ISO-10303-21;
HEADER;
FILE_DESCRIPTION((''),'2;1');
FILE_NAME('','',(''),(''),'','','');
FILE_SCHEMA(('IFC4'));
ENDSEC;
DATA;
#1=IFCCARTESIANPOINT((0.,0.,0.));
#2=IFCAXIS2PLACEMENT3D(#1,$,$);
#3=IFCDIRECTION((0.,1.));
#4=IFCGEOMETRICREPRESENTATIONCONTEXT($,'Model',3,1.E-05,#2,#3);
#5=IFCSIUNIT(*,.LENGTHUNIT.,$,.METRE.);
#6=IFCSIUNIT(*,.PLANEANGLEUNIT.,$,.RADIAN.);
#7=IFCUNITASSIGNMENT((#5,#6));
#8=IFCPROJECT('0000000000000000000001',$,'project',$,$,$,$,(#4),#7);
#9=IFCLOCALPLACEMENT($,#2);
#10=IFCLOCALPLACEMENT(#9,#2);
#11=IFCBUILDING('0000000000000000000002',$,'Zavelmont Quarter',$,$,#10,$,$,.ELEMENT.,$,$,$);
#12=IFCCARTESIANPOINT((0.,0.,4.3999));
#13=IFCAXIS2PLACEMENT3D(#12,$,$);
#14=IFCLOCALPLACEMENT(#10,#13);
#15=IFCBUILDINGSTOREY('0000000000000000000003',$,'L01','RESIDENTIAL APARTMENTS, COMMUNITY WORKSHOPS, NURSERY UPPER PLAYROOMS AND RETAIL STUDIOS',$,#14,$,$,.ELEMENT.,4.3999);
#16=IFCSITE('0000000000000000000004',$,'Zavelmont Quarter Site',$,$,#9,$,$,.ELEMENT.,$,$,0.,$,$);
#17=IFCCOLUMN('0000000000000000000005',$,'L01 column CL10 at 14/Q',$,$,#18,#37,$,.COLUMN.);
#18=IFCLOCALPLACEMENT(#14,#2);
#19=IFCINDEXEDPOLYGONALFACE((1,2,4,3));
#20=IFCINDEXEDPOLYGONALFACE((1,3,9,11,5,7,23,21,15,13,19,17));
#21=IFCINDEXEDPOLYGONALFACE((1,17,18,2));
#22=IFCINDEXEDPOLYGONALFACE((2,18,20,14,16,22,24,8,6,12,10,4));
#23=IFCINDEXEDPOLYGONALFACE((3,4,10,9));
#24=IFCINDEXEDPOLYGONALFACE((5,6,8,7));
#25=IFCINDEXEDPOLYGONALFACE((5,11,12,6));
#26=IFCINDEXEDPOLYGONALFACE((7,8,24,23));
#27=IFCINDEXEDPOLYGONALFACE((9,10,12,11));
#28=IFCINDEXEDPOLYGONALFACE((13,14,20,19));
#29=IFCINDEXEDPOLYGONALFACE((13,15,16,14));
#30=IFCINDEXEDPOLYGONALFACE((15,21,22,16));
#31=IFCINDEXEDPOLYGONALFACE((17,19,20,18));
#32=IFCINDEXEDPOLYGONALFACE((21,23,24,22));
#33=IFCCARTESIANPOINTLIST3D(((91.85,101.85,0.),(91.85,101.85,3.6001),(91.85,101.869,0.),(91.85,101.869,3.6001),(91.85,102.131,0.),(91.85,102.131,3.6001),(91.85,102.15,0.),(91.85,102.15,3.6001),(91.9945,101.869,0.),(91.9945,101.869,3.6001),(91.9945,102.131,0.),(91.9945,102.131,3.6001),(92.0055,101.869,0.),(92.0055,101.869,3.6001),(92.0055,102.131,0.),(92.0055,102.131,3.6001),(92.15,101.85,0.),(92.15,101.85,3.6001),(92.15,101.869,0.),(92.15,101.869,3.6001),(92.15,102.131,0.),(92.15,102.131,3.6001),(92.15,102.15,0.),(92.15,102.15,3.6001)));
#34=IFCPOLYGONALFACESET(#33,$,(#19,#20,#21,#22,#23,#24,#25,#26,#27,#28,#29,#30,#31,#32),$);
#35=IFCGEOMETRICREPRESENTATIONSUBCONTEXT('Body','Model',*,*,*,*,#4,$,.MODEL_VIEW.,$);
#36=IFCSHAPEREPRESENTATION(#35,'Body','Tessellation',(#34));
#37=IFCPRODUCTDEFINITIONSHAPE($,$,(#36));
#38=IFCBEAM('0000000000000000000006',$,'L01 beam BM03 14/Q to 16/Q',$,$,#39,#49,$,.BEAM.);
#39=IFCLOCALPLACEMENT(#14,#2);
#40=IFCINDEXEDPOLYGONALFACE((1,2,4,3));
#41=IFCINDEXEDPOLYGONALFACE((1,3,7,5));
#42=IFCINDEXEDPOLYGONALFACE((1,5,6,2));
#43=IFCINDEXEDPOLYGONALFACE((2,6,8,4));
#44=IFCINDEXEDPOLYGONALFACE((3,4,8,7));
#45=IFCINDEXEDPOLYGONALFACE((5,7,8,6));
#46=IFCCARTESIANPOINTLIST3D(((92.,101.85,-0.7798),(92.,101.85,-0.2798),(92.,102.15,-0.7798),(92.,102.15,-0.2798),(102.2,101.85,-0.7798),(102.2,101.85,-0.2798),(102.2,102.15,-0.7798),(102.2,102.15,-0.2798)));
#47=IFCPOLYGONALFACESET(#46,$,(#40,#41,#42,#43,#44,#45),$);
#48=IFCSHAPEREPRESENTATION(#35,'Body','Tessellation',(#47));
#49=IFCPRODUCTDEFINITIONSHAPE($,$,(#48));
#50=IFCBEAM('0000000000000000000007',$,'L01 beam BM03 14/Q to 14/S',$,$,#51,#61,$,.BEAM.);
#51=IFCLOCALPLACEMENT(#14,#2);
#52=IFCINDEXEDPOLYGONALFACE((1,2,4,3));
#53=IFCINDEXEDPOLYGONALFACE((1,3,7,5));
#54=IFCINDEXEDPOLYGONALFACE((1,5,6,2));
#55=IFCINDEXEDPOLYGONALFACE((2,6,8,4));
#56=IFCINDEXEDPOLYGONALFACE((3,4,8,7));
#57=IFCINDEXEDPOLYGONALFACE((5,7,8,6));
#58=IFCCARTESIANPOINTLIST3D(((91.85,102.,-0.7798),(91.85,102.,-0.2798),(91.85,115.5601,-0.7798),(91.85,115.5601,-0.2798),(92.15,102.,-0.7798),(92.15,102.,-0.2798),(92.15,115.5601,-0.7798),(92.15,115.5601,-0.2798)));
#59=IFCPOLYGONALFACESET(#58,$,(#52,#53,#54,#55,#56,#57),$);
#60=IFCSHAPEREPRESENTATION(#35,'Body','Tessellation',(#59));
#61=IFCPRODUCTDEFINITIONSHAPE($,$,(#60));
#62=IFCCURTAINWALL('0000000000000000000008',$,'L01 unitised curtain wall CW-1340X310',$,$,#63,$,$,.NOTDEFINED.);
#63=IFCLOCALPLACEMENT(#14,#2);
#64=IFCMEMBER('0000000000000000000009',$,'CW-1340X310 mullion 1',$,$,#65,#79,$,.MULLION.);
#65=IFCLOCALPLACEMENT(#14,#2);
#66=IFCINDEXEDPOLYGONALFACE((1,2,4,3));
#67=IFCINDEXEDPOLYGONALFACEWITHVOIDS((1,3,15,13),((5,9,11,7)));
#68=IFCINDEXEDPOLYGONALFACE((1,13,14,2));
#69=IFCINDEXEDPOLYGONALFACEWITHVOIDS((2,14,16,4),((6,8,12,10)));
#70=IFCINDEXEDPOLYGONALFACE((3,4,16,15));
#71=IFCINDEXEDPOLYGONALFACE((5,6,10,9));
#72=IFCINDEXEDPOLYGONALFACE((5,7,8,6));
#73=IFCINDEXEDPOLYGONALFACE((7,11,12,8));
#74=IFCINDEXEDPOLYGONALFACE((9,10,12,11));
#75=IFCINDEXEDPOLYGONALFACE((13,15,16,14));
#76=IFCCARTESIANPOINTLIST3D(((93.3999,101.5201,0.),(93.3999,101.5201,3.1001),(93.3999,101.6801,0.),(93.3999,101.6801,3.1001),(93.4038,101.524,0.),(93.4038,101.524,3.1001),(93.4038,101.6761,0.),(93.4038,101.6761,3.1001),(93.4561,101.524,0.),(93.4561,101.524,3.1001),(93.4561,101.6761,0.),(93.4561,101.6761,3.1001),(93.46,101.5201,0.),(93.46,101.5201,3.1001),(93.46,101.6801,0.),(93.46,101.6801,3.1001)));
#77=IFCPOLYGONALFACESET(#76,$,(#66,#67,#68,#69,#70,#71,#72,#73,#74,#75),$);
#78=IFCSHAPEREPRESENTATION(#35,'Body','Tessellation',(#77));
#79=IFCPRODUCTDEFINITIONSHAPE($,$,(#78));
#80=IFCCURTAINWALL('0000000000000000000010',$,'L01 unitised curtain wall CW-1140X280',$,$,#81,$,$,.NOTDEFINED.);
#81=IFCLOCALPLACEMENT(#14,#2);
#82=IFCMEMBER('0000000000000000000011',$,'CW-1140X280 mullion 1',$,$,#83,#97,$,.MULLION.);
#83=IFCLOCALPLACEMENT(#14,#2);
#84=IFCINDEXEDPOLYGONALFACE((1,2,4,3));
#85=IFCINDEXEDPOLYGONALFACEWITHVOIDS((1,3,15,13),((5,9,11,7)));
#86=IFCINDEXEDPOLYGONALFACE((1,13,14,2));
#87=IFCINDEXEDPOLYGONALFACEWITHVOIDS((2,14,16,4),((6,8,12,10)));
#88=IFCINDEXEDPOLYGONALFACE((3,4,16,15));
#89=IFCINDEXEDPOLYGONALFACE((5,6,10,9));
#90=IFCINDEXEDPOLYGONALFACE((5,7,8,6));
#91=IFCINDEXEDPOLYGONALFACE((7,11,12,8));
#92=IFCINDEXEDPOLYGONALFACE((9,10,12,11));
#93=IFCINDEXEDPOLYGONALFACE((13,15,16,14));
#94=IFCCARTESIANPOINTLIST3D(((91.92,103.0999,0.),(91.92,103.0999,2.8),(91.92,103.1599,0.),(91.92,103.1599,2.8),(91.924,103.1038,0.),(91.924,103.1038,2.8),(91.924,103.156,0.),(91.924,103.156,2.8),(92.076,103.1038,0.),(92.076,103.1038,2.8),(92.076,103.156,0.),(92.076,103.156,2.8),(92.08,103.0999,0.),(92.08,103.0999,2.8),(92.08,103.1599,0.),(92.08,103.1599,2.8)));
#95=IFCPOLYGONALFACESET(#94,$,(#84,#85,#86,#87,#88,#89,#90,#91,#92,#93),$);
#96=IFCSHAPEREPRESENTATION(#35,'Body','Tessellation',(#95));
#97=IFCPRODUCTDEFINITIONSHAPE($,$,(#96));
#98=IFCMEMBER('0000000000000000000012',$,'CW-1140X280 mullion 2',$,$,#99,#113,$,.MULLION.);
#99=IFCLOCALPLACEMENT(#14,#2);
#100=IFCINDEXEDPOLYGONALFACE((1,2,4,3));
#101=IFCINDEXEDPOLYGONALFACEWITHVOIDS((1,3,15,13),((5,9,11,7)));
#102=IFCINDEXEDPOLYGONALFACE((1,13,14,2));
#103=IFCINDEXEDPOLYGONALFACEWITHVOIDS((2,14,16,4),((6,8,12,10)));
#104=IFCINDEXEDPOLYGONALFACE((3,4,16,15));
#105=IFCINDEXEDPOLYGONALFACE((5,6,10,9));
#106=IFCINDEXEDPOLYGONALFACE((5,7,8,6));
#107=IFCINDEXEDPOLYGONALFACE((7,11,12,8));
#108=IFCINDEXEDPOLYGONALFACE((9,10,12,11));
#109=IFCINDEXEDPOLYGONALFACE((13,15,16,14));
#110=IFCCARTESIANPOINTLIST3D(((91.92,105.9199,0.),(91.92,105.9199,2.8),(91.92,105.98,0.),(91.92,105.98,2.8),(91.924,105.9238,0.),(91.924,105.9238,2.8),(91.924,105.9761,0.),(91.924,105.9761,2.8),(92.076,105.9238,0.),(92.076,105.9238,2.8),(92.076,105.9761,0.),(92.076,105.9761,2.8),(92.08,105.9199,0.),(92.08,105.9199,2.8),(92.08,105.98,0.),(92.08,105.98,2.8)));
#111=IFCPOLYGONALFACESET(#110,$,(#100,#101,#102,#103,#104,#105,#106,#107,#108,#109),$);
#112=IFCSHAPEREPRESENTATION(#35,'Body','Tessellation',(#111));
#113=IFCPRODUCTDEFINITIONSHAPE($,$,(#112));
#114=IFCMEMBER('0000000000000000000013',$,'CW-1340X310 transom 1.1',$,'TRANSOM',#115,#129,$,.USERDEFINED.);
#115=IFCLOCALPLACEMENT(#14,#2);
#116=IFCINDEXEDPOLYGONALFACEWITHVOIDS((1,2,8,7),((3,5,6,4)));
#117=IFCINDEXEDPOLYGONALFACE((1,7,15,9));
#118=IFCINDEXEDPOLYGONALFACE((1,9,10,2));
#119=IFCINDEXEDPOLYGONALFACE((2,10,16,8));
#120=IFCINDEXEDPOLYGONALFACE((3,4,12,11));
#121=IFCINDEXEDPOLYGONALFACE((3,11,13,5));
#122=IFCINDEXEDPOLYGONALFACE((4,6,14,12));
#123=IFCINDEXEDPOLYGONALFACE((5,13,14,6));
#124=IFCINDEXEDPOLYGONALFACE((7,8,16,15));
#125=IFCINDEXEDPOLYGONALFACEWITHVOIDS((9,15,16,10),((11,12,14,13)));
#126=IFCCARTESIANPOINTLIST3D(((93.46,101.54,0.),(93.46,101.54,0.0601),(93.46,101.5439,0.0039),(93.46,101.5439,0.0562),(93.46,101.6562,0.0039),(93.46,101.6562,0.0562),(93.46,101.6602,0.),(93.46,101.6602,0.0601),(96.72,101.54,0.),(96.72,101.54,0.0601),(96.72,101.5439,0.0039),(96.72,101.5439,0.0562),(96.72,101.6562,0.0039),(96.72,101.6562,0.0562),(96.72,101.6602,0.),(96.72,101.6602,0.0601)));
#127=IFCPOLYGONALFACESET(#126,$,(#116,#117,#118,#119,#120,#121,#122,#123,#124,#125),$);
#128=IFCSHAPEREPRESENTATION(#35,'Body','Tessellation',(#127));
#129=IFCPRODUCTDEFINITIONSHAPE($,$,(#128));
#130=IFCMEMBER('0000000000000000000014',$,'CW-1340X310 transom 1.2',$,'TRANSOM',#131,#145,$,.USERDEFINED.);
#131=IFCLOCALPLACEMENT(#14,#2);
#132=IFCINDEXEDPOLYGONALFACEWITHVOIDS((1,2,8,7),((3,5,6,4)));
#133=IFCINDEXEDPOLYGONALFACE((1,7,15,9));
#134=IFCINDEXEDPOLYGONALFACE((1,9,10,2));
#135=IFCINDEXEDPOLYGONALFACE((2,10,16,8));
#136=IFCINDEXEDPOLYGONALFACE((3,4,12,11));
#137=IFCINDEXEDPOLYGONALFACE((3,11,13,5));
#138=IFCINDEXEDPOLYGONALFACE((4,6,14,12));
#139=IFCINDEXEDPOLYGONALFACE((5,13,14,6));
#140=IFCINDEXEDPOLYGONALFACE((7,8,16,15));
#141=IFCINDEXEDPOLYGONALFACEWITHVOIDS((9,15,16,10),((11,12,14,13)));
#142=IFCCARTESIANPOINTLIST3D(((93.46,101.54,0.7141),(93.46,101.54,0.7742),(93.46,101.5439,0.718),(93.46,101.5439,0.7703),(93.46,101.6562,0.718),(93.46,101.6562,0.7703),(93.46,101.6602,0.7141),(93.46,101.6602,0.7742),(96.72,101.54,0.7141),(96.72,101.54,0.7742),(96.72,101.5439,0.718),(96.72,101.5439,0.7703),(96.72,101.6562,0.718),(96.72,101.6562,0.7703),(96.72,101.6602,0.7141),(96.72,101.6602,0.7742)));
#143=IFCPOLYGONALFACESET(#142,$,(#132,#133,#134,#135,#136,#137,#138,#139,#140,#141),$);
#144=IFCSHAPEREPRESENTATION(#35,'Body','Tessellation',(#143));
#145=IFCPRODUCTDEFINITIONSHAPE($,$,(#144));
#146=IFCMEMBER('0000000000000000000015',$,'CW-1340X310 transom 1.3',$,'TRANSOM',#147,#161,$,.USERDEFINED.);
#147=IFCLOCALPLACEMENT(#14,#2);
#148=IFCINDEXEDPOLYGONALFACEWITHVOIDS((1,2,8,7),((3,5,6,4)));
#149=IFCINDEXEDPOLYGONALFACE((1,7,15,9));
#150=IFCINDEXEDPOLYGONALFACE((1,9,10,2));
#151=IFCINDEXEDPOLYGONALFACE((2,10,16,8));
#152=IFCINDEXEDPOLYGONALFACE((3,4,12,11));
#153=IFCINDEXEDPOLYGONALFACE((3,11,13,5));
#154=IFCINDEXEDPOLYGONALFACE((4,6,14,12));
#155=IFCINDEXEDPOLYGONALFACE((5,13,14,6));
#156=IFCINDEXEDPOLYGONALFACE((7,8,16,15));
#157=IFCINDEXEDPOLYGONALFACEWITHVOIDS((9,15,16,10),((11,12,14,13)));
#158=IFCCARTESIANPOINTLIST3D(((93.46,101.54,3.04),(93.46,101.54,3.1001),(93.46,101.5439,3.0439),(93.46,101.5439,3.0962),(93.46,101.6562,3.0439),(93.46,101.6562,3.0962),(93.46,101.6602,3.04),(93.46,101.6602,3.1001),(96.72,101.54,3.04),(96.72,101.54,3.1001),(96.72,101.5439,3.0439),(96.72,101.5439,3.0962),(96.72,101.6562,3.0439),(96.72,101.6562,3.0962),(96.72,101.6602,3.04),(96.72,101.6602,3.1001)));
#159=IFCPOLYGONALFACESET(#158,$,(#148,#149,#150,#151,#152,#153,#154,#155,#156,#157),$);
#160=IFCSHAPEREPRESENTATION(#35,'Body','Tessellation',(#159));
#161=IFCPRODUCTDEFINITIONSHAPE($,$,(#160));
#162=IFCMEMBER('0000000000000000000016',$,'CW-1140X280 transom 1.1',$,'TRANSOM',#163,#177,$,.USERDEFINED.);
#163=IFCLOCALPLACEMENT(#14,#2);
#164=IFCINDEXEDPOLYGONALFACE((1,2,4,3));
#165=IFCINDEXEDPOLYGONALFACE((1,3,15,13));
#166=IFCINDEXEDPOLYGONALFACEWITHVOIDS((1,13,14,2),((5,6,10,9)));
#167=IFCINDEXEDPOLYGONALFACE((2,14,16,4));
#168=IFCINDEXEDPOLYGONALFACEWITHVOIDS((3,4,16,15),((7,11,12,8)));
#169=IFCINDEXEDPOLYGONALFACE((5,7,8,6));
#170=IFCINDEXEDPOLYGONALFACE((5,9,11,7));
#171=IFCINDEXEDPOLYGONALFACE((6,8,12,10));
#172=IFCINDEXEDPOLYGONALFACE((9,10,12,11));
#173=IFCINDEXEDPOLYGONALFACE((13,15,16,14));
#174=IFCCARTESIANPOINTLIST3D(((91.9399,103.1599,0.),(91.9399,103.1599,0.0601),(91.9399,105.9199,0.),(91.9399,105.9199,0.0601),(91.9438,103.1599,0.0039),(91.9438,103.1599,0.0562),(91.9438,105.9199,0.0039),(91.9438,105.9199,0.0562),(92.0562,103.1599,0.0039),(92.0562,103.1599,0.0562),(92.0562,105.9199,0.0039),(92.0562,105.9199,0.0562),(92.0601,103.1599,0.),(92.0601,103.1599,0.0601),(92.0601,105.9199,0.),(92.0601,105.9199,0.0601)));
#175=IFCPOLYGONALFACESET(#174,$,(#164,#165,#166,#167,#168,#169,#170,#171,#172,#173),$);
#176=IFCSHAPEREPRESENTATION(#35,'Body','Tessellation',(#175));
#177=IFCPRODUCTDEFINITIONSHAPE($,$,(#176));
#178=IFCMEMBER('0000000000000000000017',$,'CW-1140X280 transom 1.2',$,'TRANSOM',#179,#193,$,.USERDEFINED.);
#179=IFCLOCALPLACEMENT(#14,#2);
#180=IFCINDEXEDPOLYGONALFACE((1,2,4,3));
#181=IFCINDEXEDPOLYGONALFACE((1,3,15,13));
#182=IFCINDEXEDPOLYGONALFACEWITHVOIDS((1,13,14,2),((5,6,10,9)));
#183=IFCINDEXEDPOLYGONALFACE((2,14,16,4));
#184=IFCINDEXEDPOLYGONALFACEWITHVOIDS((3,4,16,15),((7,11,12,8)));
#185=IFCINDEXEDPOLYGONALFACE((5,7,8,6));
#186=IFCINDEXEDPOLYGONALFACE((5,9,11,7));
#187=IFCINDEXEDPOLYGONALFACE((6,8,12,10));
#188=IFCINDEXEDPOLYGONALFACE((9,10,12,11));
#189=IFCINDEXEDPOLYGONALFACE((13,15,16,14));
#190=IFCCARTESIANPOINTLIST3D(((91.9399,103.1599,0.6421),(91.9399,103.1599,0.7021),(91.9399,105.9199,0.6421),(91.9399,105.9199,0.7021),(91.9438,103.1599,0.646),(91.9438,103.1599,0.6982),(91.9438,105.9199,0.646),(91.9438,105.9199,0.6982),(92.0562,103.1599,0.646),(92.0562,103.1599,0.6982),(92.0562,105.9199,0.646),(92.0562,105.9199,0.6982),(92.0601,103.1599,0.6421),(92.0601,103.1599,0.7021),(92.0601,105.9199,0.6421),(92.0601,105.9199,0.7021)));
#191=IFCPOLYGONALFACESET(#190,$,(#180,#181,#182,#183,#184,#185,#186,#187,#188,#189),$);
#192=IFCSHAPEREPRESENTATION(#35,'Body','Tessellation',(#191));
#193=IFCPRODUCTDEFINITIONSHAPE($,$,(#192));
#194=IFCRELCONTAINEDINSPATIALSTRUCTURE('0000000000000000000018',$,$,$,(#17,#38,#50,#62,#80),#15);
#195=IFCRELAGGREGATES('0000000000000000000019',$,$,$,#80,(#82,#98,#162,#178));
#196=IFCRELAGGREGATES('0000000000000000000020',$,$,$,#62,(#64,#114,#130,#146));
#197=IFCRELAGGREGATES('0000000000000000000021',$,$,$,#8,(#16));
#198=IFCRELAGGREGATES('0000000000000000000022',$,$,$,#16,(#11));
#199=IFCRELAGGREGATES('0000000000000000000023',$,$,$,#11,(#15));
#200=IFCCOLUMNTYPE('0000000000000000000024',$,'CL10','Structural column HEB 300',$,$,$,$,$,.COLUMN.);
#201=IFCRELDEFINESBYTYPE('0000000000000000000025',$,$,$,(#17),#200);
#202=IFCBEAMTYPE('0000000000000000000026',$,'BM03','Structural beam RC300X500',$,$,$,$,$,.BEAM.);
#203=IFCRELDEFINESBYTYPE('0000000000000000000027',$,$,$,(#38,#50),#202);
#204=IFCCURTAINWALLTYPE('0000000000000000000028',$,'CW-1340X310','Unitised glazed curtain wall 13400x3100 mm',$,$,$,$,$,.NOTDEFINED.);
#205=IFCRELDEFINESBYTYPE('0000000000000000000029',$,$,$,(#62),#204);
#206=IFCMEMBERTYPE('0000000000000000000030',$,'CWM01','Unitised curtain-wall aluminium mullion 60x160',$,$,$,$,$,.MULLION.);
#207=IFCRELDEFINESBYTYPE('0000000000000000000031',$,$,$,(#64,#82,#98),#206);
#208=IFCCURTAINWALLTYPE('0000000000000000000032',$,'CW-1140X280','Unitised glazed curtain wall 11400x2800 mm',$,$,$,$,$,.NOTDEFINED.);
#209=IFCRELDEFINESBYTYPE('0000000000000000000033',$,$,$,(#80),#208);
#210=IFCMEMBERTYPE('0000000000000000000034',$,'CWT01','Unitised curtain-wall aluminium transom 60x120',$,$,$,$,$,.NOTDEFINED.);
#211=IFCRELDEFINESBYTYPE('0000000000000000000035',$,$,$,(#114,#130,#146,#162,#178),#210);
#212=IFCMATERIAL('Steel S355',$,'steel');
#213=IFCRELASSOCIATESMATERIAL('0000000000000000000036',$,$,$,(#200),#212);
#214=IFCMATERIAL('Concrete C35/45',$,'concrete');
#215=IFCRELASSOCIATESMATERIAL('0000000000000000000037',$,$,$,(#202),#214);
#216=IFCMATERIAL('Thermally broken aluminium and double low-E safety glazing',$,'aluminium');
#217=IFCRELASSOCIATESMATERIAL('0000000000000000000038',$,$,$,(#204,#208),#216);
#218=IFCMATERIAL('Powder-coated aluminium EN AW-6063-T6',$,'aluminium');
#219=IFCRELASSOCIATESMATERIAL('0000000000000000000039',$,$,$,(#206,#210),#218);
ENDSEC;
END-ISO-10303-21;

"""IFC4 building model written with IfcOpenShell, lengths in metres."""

from ifc_helpers import new_model, si_unit, direction, frame, origin, origin_2d, place, context, subcontext, project, spatial, rectangle, hollow_rectangle, i_section, extrude, material, material_profile, profile_set, type_object, element, aggregate, save


model = new_model("IFC4")

# Units and contexts
model_context = context("Model", 3, precision=1e-05, world=origin(), true_north=direction((0.0, 1.0)))
body_context = subcontext(model_context, "Body", "Model", "MODEL_VIEW")
ifc_project = project(units=[si_unit("LENGTHUNIT", "METRE"), si_unit("PLANEANGLEUNIT", "RADIAN")], contexts=[model_context])

# Site, building, storey
site_placement = place(None, origin())
site = spatial("IfcSite", under=ifc_project, at=site_placement, Name="Zavelmont Quarter Site", CompositionType="ELEMENT", RefElevation=0.0)
building_placement = place(site_placement, origin())
building = spatial("IfcBuilding", under=site, at=building_placement, Name="Zavelmont Quarter", CompositionType="ELEMENT")
storey_placement = place(building_placement, frame((0.0, 0.0, 4.3999)))
storey = spatial("IfcBuildingStorey", under=building, at=storey_placement, Name="L01", Description="RESIDENTIAL APARTMENTS, COMMUNITY WORKSHOPS, NURSERY UPPER PLAYROOMS AND RETAIL STUDIOS", CompositionType="ELEMENT", Elevation=4.3999)

# Column
ifc_material_1 = material(Name="Steel S355", Category="steel")
ifc_material_profile_1 = material_profile(ifc_material_1, i_section(OverallWidth=0.3, OverallDepth=0.3, WebThickness=0.011, FlangeThickness=0.019, at=origin_2d()), Name="HEB 300")
ifc_profile_set_1 = profile_set([ifc_material_profile_1], Name="Steel S355")
column_type = type_object("IfcColumnType", Name="CL10", Description="Structural column HEB 300", PredefinedType="COLUMN", material=ifc_profile_set_1)
column_placement = place(storey_placement, frame((92.0, 102.0, 0.0), z_axis=(0.0, 0.0, 1.0), x_axis=(1.0, 0.0, 0.0)))
element("IfcColumn", 1, at=column_placement, inside=storey, type_object=column_type, Name="L01 column CL10 at 14/Q", PredefinedType="COLUMN", context=body_context, shape_type="SweptSolid", body=[
    extrude(i_section(OverallWidth=0.3, OverallDepth=0.3, WebThickness=0.011, FlangeThickness=0.019, at=origin_2d()), origin(), (0.0, 0.0, 1.0), 3.6001),
])

# Beams
ifc_material_2 = material(Name="Concrete C35/45", Category="concrete")
ifc_material_profile_2 = material_profile(ifc_material_2, rectangle(XDim=0.3, YDim=0.5, at=origin_2d()), Name="RC300X500")
ifc_profile_set_2 = profile_set([ifc_material_profile_2], Name="Concrete C35/45")
beam_type = type_object("IfcBeamType", Name="BM03", Description="Structural beam RC300X500", PredefinedType="BEAM", material=ifc_profile_set_2)
beam_1_placement = place(storey_placement, frame((92.0, 102.0, -0.5298), z_axis=(1.0, 0.0, 0.0), x_axis=(0.0, 1.0, 0.0)))
element("IfcBeam", 2, at=beam_1_placement, inside=storey, type_object=beam_type, Name="L01 beam BM03 14/Q to 16/Q", PredefinedType="BEAM", context=body_context, shape_type="SweptSolid", body=[
    extrude(rectangle(XDim=0.3, YDim=0.5, at=origin_2d()), origin(), (0.0, 0.0, 1.0), 10.2),
])
beam_2_placement = place(storey_placement, frame((92.0, 102.0, -0.5298), z_axis=(0.0, 1.0, 0.0), x_axis=(-1.0, 0.0, 0.0)))
element("IfcBeam", 3, at=beam_2_placement, inside=storey, type_object=beam_type, Name="L01 beam BM03 14/Q to 14/S", PredefinedType="BEAM", context=body_context, shape_type="SweptSolid", body=[
    extrude(rectangle(XDim=0.3, YDim=0.5, at=origin_2d()), origin(), (0.0, 0.0, 1.0), 13.5601),
])

# Curtain wall, member
ifc_material_3 = material(Name="Thermally broken aluminium and double low-E safety glazing", Category="aluminium")
curtain_wall_type_1 = type_object("IfcCurtainWallType", Name="CW-1340X310", Description="Unitised glazed curtain wall 13400x3100 mm", PredefinedType="NOTDEFINED", material=ifc_material_3)
curtain_wall_1_placement = place(storey_placement, origin())
curtain_wall_1 = element("IfcCurtainWall", 4, at=curtain_wall_1_placement, inside=storey, type_object=curtain_wall_type_1, Name="L01 unitised curtain wall CW-1340X310", PredefinedType="NOTDEFINED")
ifc_material_4 = material(Name="Powder-coated aluminium EN AW-6063-T6", Category="aluminium")
ifc_material_profile_3 = material_profile(ifc_material_4, hollow_rectangle(XDim=0.0601, YDim=0.1599, WallThickness=0.0039, at=origin_2d()), Name="CWM60X160")
ifc_profile_set_3 = profile_set([ifc_material_profile_3], Name="Powder-coated aluminium EN AW-6063-T6")
member_type_1 = type_object("IfcMemberType", Name="CWM01", Description="Unitised curtain-wall aluminium mullion 60x160", PredefinedType="MULLION", material=ifc_profile_set_3)
member_1_placement = place(storey_placement, frame((93.4299, 101.6001, 0.0), z_axis=(0.0, 0.0, 1.0), x_axis=(1.0, 0.0, 0.0)))
member_1 = element("IfcMember", 5, at=member_1_placement, type_object=member_type_1, Name="CW-1340X310 mullion 1", PredefinedType="MULLION", context=body_context, shape_type="SweptSolid", body=[
    extrude(hollow_rectangle(XDim=0.0601, YDim=0.1599, WallThickness=0.0039, at=origin_2d()), origin(), (0.0, 0.0, 1.0), 3.1001),
])

# Curtain wall, members
curtain_wall_type_2 = type_object("IfcCurtainWallType", Name="CW-1140X280", Description="Unitised glazed curtain wall 11400x2800 mm", PredefinedType="NOTDEFINED", material=ifc_material_3)
curtain_wall_2_placement = place(storey_placement, origin())
curtain_wall_2 = element("IfcCurtainWall", 6, at=curtain_wall_2_placement, inside=storey, type_object=curtain_wall_type_2, Name="L01 unitised curtain wall CW-1140X280", PredefinedType="NOTDEFINED")
member_2_placement = place(storey_placement, frame((92.0, 103.1299, 0.0), z_axis=(0.0, 0.0, 1.0), x_axis=(0.0, 1.0, 0.0)))
member_2 = element("IfcMember", 7, at=member_2_placement, type_object=member_type_1, Name="CW-1140X280 mullion 1", PredefinedType="MULLION", context=body_context, shape_type="SweptSolid", body=[
    extrude(hollow_rectangle(XDim=0.0601, YDim=0.1599, WallThickness=0.0039, at=origin_2d()), origin(), (0.0, 0.0, 1.0), 2.8),
])
member_3_placement = place(storey_placement, frame((92.0, 105.95, 0.0), z_axis=(0.0, 0.0, 1.0), x_axis=(0.0, 1.0, 0.0)))
member_3 = element("IfcMember", 8, at=member_3_placement, type_object=member_type_1, Name="CW-1140X280 mullion 2", PredefinedType="MULLION", context=body_context, shape_type="SweptSolid", body=[
    extrude(hollow_rectangle(XDim=0.0601, YDim=0.1599, WallThickness=0.0039, at=origin_2d()), origin(), (0.0, 0.0, 1.0), 2.8),
])

# Members
ifc_material_profile_4 = material_profile(ifc_material_4, hollow_rectangle(XDim=0.1201, YDim=0.0601, WallThickness=0.0039, at=origin_2d()), Name="CWT60X120")
ifc_profile_set_4 = profile_set([ifc_material_profile_4], Name="Powder-coated aluminium EN AW-6063-T6")
member_type_2 = type_object("IfcMemberType", Name="CWT01", Description="Unitised curtain-wall aluminium transom 60x120", PredefinedType="NOTDEFINED", material=ifc_profile_set_4)
member_4_placement = place(storey_placement, frame((93.46, 101.6001, 0.03), z_axis=(1.0, 0.0, 0.0), x_axis=(0.0, 1.0, 0.0)))
member_4 = element("IfcMember", 9, at=member_4_placement, type_object=member_type_2, Name="CW-1340X310 transom 1.1", ObjectType="TRANSOM", PredefinedType="USERDEFINED", context=body_context, shape_type="SweptSolid", body=[
    extrude(hollow_rectangle(XDim=0.1201, YDim=0.0601, WallThickness=0.0039, at=origin_2d()), origin(), (0.0, 0.0, 1.0), 3.26),
])
member_5_placement = place(storey_placement, frame((93.46, 101.6001, 0.7441), z_axis=(1.0, 0.0, 0.0), x_axis=(0.0, 1.0, 0.0)))
member_5 = element("IfcMember", 10, at=member_5_placement, type_object=member_type_2, Name="CW-1340X310 transom 1.2", ObjectType="TRANSOM", PredefinedType="USERDEFINED", context=body_context, shape_type="SweptSolid", body=[
    extrude(hollow_rectangle(XDim=0.1201, YDim=0.0601, WallThickness=0.0039, at=origin_2d()), origin(), (0.0, 0.0, 1.0), 3.26),
])
member_6_placement = place(storey_placement, frame((93.46, 101.6001, 3.0701), z_axis=(1.0, 0.0, 0.0), x_axis=(0.0, 1.0, 0.0)))
member_6 = element("IfcMember", 11, at=member_6_placement, type_object=member_type_2, Name="CW-1340X310 transom 1.3", ObjectType="TRANSOM", PredefinedType="USERDEFINED", context=body_context, shape_type="SweptSolid", body=[
    extrude(hollow_rectangle(XDim=0.1201, YDim=0.0601, WallThickness=0.0039, at=origin_2d()), origin(), (0.0, 0.0, 1.0), 3.26),
])
member_7_placement = place(storey_placement, frame((92.0, 103.1599, 0.03), z_axis=(0.0, 1.0, 0.0), x_axis=(-1.0, 0.0, 0.0)))
member_7 = element("IfcMember", 12, at=member_7_placement, type_object=member_type_2, Name="CW-1140X280 transom 1.1", ObjectType="TRANSOM", PredefinedType="USERDEFINED", context=body_context, shape_type="SweptSolid", body=[
    extrude(hollow_rectangle(XDim=0.1201, YDim=0.0601, WallThickness=0.0039, at=origin_2d()), origin(), (0.0, 0.0, 1.0), 2.76),
])
member_8_placement = place(storey_placement, frame((92.0, 103.1599, 0.6721), z_axis=(0.0, 1.0, 0.0), x_axis=(-1.0, 0.0, 0.0)))
member_8 = element("IfcMember", 13, at=member_8_placement, type_object=member_type_2, Name="CW-1140X280 transom 1.2", ObjectType="TRANSOM", PredefinedType="USERDEFINED", context=body_context, shape_type="SweptSolid", body=[
    extrude(hollow_rectangle(XDim=0.1201, YDim=0.0601, WallThickness=0.0039, at=origin_2d()), origin(), (0.0, 0.0, 1.0), 2.76),
])

aggregate(curtain_wall_2, [member_2, member_3, member_7, member_8])
aggregate(curtain_wall_1, [member_1, member_4, member_5, member_6])

save(model, "model.ifc")
